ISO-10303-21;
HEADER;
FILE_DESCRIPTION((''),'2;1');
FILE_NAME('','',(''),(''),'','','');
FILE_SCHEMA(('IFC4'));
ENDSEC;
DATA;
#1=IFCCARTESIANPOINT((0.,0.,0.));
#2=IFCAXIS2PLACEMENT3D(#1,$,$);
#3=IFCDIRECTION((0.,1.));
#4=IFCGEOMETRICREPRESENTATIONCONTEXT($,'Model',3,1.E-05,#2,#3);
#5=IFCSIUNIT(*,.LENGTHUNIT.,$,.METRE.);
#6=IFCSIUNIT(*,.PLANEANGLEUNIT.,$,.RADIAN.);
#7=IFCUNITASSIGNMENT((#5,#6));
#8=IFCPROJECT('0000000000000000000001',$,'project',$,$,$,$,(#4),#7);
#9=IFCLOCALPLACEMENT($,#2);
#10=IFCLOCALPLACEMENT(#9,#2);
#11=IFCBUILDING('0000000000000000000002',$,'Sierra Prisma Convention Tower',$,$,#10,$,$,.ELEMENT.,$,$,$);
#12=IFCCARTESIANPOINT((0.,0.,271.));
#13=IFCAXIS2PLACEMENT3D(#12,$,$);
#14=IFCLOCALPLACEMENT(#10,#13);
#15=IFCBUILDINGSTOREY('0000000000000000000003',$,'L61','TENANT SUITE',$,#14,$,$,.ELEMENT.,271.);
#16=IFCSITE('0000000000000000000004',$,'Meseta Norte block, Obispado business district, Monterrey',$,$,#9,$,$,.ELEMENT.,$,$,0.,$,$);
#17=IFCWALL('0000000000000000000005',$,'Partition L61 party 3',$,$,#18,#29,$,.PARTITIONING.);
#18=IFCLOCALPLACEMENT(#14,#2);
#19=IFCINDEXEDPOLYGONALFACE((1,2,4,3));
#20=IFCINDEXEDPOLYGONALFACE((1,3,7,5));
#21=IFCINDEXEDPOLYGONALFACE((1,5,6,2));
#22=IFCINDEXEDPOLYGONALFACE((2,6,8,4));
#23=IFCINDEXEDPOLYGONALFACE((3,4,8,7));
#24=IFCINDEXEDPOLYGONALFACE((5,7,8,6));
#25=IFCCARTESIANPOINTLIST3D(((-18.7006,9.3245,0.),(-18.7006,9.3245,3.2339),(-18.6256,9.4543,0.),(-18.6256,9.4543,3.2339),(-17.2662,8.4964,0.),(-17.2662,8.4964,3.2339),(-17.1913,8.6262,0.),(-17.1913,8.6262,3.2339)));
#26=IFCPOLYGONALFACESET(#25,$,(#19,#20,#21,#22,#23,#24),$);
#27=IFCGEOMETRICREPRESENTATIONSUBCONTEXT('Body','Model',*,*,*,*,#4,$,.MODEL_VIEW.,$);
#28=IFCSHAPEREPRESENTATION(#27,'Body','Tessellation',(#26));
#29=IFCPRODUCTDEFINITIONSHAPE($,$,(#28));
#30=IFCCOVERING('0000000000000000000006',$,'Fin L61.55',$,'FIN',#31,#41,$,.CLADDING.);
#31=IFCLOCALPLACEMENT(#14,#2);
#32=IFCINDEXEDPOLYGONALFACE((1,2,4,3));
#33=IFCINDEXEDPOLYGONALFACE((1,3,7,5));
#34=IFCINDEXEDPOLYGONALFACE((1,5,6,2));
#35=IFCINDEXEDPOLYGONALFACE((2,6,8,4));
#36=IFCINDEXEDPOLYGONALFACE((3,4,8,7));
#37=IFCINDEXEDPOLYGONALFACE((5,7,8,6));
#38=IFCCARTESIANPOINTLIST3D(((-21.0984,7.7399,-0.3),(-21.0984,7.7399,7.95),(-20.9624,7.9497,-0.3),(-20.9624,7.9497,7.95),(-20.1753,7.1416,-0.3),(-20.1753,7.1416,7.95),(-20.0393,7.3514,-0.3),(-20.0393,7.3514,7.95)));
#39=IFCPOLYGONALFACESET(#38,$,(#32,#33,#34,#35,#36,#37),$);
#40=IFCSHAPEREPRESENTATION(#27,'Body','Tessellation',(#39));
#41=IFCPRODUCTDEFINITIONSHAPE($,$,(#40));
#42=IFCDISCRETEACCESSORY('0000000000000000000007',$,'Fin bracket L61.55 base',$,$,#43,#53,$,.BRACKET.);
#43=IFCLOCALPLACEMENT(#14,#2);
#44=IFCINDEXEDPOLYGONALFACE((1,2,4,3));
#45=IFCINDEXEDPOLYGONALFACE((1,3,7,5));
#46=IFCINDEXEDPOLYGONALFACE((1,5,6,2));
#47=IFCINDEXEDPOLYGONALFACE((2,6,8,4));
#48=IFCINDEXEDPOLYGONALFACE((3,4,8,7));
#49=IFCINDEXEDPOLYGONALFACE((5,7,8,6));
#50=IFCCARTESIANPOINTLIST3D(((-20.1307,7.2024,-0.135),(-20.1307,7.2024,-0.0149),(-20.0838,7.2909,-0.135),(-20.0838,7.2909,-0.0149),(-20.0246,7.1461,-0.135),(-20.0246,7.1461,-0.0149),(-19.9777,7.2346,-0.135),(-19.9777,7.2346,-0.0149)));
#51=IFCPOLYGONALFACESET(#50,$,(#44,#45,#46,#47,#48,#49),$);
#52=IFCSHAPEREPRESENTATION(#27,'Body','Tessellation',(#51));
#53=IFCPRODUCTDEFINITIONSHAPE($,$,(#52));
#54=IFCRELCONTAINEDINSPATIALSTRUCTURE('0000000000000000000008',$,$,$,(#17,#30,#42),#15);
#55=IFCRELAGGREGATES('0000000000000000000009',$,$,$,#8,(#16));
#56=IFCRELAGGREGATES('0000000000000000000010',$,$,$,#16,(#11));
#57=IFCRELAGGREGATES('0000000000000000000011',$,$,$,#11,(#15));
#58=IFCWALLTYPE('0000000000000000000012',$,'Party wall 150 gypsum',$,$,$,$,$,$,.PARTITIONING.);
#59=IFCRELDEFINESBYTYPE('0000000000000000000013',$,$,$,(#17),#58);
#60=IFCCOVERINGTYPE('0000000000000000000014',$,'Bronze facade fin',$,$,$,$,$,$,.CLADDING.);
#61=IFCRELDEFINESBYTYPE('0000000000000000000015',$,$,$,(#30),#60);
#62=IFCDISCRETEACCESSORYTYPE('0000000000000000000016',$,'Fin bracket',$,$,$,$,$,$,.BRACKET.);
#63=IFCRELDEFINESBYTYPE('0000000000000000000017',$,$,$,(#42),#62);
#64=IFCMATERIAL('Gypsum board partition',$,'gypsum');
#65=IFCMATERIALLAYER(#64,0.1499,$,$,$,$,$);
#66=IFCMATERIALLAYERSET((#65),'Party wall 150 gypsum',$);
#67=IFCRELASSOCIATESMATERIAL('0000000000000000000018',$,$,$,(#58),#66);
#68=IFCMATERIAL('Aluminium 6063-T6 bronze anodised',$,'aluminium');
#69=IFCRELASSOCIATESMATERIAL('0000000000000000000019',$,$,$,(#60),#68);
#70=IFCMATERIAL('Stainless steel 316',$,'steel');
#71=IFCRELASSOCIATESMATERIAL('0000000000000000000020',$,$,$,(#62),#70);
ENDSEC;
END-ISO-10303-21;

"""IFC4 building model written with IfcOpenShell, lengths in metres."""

from ifc_helpers import new_model, si_unit, direction, frame, frame_2d, origin, origin_2d, place, context, subcontext, project, spatial, rectangle, extrude, material, layer, layer_set, material_profile, profile_set, type_object, element, save


model = new_model("IFC4")

# Units and contexts
model_context = context("Model", 3, precision=1e-05, world=origin(), true_north=direction((0.0, 1.0)))
body_context = subcontext(model_context, "Body", "Model", "MODEL_VIEW")
ifc_project = project(units=[si_unit("LENGTHUNIT", "METRE"), si_unit("PLANEANGLEUNIT", "RADIAN")], contexts=[model_context])

# Site, building, storey
site_placement = place(None, origin())
site = spatial("IfcSite", under=ifc_project, at=site_placement, Name="Meseta Norte block, Obispado business district, Monterrey", CompositionType="ELEMENT", RefElevation=0.0)
building_placement = place(site_placement, origin())
building = spatial("IfcBuilding", under=site, at=building_placement, Name="Sierra Prisma Convention Tower", CompositionType="ELEMENT")
storey_placement = place(building_placement, frame((0.0, 0.0, 271.0)))
storey = spatial("IfcBuildingStorey", under=building, at=storey_placement, Name="L61", Description="TENANT SUITE", CompositionType="ELEMENT", Elevation=271.0)

# Wall
ifc_material_1 = material(Name="Gypsum board partition", Category="gypsum")
ifc_layer_1 = layer(ifc_material_1, 0.1499)
ifc_layer_set_1 = layer_set([ifc_layer_1], Name="Party wall 150 gypsum")
wall_type_1 = type_object("IfcWallType", Name="Party wall 150 gypsum", PredefinedType="PARTITIONING", material=ifc_layer_set_1)
wall_1_placement = place(storey_placement, frame((-17.2288, 8.5613, 0.0), z_axis=(0.0, 0.0, 1.0), x_axis=(-0.866021, 0.500007, 0.0)))
element("IfcWall", 1, at=wall_1_placement, inside=storey, type_object=wall_type_1, Name="Partition L61 party 3", PredefinedType="PARTITIONING", context=body_context, shape_type="SweptSolid", body=[
    extrude(rectangle(XDim=1.6562, YDim=0.1499, at=frame_2d((0.8281, 0.0))), origin(), (0.0, 0.0, 1.0), 3.2339),
])

# Covering
ifc_material_2 = material(Name="Aluminium 6063-T6 bronze anodised", Category="aluminium")
ifc_material_profile_1 = material_profile(ifc_material_2, rectangle(XDim=1.1001, YDim=0.25, at=origin_2d()), Name="ALU FIN 1100x250")
ifc_profile_set_1 = profile_set([ifc_material_profile_1], Name="Aluminium 6063-T6 bronze anodised")
covering_type = type_object("IfcCoveringType", Name="Bronze facade fin", PredefinedType="CLADDING", material=ifc_profile_set_1)
covering_placement = place(storey_placement, frame((-20.5688, 7.5457, -0.3), z_axis=(0.0, 0.0, 1.0), x_axis=(-0.839155, 0.543893, 0.0)))
element("IfcCovering", 2, at=covering_placement, inside=storey, type_object=covering_type, Name="Fin L61.55", ObjectType="FIN", PredefinedType="CLADDING", context=body_context, shape_type="SweptSolid", body=[
    extrude(rectangle(XDim=1.1001, YDim=0.25, at=origin_2d()), origin(), (0.0, 0.0, 1.0), 8.25),
])

# Discrete accessory
ifc_material_3 = material(Name="Stainless steel 316", Category="steel")
discrete_accessory_type = type_object("IfcDiscreteAccessoryType", Name="Fin bracket", PredefinedType="BRACKET", material=ifc_material_3)
discrete_accessory_placement = place(storey_placement, frame((-20.0542, 7.2185, -0.135), z_axis=(0.0, 0.0, 1.0), x_axis=(-0.883365, 0.468686, 0.0)))
element("IfcDiscreteAccessory", 3, at=discrete_accessory_placement, inside=storey, type_object=discrete_accessory_type, Name="Fin bracket L61.55 base", PredefinedType="BRACKET", context=body_context, shape_type="SweptSolid", body=[
    extrude(rectangle(XDim=0.1201, YDim=0.1001, at=origin_2d()), origin(), (0.0, 0.0, 1.0), 0.1201),
])

save(model, "model.ifc")
